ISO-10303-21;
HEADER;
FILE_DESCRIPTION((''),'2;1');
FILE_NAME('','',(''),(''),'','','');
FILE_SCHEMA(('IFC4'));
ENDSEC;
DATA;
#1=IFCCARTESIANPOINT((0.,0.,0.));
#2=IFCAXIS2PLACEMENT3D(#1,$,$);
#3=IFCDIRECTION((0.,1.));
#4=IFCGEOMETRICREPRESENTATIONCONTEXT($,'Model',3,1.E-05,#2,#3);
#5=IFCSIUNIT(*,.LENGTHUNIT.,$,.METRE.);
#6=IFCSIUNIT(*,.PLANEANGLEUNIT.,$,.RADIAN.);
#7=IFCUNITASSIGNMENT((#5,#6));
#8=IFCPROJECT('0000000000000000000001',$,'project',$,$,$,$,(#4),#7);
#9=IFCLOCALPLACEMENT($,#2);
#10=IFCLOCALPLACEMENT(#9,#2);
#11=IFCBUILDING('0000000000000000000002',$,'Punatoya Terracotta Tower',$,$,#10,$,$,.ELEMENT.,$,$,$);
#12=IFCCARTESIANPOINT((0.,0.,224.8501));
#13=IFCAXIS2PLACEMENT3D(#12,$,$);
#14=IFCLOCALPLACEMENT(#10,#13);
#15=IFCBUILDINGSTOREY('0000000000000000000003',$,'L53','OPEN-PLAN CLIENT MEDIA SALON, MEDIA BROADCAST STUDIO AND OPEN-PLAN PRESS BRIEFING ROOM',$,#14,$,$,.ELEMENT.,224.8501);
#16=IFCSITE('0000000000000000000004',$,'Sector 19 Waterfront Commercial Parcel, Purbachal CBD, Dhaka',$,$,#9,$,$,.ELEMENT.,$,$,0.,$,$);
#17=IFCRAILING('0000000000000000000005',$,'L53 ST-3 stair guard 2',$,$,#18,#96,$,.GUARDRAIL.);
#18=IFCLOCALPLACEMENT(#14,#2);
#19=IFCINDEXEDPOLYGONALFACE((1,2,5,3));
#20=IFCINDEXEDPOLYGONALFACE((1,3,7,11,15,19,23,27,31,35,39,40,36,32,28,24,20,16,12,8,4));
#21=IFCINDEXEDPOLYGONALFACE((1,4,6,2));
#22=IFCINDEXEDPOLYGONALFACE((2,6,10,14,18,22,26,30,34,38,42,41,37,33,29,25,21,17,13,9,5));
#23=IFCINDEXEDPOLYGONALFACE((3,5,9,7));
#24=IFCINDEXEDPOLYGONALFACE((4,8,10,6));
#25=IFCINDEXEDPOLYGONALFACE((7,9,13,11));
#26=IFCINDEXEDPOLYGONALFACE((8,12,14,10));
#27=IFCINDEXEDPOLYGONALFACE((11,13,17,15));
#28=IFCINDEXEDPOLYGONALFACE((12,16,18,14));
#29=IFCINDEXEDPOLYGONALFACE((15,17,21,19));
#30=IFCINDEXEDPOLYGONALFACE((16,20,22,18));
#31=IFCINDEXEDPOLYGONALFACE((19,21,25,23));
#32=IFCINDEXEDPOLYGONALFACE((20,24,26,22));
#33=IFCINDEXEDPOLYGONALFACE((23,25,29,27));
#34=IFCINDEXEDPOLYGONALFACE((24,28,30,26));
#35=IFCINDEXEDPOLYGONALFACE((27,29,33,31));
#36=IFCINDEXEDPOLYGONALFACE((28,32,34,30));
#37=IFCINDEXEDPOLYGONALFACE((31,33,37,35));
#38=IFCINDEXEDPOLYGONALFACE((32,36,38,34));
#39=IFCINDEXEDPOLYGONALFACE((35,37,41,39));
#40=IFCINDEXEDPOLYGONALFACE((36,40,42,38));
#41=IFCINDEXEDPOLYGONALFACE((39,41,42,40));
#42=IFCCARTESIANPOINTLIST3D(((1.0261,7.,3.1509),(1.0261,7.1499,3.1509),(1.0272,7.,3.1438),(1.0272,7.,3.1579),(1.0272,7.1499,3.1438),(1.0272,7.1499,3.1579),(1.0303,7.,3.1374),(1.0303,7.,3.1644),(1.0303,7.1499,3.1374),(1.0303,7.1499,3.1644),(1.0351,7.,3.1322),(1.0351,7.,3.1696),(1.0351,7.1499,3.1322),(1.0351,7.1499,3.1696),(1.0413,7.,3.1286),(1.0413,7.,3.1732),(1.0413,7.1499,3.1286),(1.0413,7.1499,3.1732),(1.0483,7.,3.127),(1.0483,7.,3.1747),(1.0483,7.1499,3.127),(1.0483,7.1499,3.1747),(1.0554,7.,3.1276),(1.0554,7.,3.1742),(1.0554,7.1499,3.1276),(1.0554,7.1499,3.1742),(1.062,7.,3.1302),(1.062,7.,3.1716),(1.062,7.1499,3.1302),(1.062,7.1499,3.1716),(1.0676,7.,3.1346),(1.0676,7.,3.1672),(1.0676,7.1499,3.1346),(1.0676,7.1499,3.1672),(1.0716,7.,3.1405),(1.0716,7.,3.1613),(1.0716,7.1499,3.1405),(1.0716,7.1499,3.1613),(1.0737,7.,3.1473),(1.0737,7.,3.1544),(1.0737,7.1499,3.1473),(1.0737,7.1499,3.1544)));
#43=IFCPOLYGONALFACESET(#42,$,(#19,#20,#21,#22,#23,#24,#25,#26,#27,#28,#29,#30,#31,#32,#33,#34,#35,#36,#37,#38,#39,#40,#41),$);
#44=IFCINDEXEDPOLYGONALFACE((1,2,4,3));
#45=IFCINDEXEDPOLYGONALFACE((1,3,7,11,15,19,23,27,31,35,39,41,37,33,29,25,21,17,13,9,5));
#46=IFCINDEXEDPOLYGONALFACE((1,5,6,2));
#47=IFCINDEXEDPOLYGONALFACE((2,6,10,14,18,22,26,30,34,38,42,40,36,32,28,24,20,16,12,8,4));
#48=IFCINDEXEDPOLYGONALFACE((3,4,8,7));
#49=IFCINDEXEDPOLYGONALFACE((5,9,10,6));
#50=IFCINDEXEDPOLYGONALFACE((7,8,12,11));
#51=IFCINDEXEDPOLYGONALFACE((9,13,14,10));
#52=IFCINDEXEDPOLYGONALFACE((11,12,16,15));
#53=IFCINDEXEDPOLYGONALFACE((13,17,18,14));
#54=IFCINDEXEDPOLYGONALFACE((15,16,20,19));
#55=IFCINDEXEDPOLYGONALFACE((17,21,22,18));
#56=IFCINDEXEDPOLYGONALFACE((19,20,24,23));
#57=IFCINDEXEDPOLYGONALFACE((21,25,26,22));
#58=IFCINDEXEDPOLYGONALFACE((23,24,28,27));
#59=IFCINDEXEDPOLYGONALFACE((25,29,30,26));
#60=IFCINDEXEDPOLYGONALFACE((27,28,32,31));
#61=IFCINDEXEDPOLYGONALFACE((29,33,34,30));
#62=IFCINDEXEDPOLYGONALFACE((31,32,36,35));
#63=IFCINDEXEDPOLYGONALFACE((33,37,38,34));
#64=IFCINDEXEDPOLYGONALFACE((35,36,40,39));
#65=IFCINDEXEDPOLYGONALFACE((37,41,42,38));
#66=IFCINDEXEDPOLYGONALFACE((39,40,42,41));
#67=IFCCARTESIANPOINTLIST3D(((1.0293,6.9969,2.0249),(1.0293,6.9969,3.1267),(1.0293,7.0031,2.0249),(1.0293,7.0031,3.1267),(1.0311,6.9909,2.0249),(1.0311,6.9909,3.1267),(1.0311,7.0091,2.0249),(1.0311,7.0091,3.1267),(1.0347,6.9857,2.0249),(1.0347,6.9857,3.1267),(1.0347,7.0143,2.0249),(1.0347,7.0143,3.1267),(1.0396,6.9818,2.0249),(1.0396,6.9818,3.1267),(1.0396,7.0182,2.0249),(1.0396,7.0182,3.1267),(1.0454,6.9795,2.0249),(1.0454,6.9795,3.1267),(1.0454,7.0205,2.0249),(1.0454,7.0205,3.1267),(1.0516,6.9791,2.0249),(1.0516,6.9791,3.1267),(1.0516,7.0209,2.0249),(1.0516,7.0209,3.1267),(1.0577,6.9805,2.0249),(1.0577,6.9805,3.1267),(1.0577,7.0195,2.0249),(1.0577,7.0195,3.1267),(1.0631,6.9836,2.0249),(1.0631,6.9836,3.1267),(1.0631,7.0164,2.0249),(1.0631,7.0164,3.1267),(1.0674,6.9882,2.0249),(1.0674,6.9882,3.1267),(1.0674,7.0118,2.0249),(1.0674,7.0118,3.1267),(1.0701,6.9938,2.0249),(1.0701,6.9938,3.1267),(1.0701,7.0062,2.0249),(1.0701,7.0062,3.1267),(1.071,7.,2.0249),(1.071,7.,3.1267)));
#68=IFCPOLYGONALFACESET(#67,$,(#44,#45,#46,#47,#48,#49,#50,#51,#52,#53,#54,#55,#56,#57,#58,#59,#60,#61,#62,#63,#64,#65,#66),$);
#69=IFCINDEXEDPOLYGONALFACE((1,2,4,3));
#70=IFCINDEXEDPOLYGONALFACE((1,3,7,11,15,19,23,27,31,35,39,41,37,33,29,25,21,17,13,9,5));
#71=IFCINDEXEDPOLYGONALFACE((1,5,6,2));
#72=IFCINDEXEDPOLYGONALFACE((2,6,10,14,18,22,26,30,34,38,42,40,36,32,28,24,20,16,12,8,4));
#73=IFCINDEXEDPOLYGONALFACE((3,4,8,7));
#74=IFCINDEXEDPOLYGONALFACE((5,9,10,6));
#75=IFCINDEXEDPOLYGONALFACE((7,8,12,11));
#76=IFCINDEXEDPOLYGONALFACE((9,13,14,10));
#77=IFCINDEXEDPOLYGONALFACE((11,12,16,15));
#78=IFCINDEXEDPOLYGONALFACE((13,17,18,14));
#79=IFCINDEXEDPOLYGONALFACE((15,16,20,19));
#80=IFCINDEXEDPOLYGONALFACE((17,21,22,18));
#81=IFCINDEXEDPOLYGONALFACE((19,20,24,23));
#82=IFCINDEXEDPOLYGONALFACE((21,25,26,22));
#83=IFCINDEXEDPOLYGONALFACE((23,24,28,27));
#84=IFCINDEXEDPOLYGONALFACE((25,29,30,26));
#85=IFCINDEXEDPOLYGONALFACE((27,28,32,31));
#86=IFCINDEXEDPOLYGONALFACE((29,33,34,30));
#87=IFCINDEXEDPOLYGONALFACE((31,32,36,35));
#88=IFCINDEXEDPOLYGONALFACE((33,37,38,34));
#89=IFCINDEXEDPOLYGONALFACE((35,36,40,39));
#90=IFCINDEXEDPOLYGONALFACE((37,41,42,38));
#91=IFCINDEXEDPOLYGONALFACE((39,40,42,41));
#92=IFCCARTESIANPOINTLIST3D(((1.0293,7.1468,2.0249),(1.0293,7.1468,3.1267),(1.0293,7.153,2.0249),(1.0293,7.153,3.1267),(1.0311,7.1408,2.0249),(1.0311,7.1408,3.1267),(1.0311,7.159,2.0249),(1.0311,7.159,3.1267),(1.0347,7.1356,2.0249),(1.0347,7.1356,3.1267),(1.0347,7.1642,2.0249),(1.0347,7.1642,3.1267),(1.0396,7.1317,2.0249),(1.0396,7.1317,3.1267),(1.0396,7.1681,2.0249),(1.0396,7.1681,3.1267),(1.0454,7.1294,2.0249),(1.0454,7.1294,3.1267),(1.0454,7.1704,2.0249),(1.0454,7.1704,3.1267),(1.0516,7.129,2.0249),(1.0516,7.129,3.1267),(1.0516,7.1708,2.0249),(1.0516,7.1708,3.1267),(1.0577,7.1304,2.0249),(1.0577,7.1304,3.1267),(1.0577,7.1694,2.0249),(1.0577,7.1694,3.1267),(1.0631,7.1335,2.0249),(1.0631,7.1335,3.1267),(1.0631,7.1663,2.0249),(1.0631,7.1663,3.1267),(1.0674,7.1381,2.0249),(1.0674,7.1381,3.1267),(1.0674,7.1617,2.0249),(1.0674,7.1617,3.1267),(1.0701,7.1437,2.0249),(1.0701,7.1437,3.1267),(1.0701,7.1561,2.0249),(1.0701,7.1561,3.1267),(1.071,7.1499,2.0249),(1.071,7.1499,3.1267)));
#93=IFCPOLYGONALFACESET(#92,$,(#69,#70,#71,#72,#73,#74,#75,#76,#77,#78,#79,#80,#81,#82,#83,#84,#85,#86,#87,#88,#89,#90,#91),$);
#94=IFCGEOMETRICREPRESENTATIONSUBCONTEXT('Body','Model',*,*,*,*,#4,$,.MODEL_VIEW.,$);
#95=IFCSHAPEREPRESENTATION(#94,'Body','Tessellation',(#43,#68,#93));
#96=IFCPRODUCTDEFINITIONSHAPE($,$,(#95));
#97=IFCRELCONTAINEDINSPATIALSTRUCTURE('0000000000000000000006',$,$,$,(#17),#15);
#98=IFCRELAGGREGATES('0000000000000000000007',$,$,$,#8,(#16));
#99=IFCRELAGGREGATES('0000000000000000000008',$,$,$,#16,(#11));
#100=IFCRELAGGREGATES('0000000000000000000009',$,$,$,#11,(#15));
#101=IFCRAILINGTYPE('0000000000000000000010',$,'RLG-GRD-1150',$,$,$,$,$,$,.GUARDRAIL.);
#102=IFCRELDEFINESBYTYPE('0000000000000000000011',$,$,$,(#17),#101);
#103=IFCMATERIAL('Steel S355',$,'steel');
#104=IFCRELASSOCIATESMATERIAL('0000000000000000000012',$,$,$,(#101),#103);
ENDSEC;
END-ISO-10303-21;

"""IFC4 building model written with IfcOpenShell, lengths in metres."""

from ifc_helpers import new_model, si_unit, direction, frame, origin, origin_2d, place, context, subcontext, project, spatial, circle, extrude, material, type_object, element, save


model = new_model("IFC4")

# Units and contexts
model_context = context("Model", 3, precision=1e-05, world=origin(), true_north=direction((0.0, 1.0)))
body_context = subcontext(model_context, "Body", "Model", "MODEL_VIEW")
ifc_project = project(units=[si_unit("LENGTHUNIT", "METRE"), si_unit("PLANEANGLEUNIT", "RADIAN")], contexts=[model_context])

# Site, building, storey
site_placement = place(None, origin())
site = spatial("IfcSite", under=ifc_project, at=site_placement, Name="Sector 19 Waterfront Commercial Parcel, Purbachal CBD, Dhaka", CompositionType="ELEMENT", RefElevation=0.0)
building_placement = place(site_placement, origin())
building = spatial("IfcBuilding", under=site, at=building_placement, Name="Punatoya Terracotta Tower", CompositionType="ELEMENT")
storey_placement = place(building_placement, frame((0.0, 0.0, 224.8501)))
storey = spatial("IfcBuildingStorey", under=building, at=storey_placement, Name="L53", Description="OPEN-PLAN CLIENT MEDIA SALON, MEDIA BROADCAST STUDIO AND OPEN-PLAN PRESS BRIEFING ROOM", CompositionType="ELEMENT", Elevation=224.8501)

# Shared definitions
ifc_material_1 = material(Name="Steel S355", Category="steel")

# Railing
railing_type_1 = type_object("IfcRailingType", Name="RLG-GRD-1150", PredefinedType="GUARDRAIL", material=ifc_material_1)
railing_1_placement = place(storey_placement, frame((1.05, 7.0, 2.0249)))
element("IfcRailing", 1, at=railing_1_placement, inside=storey, type_object=railing_type_1, Name="L53 ST-3 stair guard 2", PredefinedType="GUARDRAIL", context=body_context, shape_type="SweptSolid", body=[
    extrude(circle(Radius=0.0239, at=origin_2d()), frame((0.0, 0.0, 1.126), z_axis=(0.0, 1.0, 0.0), x_axis=(-1.0, 0.0, 0.0)), (0.0, 0.0, 1.0), 0.1499),
    extrude(circle(Radius=0.021, at=origin_2d()), origin(), (0.0, 0.0, 1.0), 1.1018),
    extrude(circle(Radius=0.021, at=origin_2d()), frame((0.0, 0.1499, 0.0)), (0.0, 0.0, 1.0), 1.1018),
])

save(model, "model.ifc")
